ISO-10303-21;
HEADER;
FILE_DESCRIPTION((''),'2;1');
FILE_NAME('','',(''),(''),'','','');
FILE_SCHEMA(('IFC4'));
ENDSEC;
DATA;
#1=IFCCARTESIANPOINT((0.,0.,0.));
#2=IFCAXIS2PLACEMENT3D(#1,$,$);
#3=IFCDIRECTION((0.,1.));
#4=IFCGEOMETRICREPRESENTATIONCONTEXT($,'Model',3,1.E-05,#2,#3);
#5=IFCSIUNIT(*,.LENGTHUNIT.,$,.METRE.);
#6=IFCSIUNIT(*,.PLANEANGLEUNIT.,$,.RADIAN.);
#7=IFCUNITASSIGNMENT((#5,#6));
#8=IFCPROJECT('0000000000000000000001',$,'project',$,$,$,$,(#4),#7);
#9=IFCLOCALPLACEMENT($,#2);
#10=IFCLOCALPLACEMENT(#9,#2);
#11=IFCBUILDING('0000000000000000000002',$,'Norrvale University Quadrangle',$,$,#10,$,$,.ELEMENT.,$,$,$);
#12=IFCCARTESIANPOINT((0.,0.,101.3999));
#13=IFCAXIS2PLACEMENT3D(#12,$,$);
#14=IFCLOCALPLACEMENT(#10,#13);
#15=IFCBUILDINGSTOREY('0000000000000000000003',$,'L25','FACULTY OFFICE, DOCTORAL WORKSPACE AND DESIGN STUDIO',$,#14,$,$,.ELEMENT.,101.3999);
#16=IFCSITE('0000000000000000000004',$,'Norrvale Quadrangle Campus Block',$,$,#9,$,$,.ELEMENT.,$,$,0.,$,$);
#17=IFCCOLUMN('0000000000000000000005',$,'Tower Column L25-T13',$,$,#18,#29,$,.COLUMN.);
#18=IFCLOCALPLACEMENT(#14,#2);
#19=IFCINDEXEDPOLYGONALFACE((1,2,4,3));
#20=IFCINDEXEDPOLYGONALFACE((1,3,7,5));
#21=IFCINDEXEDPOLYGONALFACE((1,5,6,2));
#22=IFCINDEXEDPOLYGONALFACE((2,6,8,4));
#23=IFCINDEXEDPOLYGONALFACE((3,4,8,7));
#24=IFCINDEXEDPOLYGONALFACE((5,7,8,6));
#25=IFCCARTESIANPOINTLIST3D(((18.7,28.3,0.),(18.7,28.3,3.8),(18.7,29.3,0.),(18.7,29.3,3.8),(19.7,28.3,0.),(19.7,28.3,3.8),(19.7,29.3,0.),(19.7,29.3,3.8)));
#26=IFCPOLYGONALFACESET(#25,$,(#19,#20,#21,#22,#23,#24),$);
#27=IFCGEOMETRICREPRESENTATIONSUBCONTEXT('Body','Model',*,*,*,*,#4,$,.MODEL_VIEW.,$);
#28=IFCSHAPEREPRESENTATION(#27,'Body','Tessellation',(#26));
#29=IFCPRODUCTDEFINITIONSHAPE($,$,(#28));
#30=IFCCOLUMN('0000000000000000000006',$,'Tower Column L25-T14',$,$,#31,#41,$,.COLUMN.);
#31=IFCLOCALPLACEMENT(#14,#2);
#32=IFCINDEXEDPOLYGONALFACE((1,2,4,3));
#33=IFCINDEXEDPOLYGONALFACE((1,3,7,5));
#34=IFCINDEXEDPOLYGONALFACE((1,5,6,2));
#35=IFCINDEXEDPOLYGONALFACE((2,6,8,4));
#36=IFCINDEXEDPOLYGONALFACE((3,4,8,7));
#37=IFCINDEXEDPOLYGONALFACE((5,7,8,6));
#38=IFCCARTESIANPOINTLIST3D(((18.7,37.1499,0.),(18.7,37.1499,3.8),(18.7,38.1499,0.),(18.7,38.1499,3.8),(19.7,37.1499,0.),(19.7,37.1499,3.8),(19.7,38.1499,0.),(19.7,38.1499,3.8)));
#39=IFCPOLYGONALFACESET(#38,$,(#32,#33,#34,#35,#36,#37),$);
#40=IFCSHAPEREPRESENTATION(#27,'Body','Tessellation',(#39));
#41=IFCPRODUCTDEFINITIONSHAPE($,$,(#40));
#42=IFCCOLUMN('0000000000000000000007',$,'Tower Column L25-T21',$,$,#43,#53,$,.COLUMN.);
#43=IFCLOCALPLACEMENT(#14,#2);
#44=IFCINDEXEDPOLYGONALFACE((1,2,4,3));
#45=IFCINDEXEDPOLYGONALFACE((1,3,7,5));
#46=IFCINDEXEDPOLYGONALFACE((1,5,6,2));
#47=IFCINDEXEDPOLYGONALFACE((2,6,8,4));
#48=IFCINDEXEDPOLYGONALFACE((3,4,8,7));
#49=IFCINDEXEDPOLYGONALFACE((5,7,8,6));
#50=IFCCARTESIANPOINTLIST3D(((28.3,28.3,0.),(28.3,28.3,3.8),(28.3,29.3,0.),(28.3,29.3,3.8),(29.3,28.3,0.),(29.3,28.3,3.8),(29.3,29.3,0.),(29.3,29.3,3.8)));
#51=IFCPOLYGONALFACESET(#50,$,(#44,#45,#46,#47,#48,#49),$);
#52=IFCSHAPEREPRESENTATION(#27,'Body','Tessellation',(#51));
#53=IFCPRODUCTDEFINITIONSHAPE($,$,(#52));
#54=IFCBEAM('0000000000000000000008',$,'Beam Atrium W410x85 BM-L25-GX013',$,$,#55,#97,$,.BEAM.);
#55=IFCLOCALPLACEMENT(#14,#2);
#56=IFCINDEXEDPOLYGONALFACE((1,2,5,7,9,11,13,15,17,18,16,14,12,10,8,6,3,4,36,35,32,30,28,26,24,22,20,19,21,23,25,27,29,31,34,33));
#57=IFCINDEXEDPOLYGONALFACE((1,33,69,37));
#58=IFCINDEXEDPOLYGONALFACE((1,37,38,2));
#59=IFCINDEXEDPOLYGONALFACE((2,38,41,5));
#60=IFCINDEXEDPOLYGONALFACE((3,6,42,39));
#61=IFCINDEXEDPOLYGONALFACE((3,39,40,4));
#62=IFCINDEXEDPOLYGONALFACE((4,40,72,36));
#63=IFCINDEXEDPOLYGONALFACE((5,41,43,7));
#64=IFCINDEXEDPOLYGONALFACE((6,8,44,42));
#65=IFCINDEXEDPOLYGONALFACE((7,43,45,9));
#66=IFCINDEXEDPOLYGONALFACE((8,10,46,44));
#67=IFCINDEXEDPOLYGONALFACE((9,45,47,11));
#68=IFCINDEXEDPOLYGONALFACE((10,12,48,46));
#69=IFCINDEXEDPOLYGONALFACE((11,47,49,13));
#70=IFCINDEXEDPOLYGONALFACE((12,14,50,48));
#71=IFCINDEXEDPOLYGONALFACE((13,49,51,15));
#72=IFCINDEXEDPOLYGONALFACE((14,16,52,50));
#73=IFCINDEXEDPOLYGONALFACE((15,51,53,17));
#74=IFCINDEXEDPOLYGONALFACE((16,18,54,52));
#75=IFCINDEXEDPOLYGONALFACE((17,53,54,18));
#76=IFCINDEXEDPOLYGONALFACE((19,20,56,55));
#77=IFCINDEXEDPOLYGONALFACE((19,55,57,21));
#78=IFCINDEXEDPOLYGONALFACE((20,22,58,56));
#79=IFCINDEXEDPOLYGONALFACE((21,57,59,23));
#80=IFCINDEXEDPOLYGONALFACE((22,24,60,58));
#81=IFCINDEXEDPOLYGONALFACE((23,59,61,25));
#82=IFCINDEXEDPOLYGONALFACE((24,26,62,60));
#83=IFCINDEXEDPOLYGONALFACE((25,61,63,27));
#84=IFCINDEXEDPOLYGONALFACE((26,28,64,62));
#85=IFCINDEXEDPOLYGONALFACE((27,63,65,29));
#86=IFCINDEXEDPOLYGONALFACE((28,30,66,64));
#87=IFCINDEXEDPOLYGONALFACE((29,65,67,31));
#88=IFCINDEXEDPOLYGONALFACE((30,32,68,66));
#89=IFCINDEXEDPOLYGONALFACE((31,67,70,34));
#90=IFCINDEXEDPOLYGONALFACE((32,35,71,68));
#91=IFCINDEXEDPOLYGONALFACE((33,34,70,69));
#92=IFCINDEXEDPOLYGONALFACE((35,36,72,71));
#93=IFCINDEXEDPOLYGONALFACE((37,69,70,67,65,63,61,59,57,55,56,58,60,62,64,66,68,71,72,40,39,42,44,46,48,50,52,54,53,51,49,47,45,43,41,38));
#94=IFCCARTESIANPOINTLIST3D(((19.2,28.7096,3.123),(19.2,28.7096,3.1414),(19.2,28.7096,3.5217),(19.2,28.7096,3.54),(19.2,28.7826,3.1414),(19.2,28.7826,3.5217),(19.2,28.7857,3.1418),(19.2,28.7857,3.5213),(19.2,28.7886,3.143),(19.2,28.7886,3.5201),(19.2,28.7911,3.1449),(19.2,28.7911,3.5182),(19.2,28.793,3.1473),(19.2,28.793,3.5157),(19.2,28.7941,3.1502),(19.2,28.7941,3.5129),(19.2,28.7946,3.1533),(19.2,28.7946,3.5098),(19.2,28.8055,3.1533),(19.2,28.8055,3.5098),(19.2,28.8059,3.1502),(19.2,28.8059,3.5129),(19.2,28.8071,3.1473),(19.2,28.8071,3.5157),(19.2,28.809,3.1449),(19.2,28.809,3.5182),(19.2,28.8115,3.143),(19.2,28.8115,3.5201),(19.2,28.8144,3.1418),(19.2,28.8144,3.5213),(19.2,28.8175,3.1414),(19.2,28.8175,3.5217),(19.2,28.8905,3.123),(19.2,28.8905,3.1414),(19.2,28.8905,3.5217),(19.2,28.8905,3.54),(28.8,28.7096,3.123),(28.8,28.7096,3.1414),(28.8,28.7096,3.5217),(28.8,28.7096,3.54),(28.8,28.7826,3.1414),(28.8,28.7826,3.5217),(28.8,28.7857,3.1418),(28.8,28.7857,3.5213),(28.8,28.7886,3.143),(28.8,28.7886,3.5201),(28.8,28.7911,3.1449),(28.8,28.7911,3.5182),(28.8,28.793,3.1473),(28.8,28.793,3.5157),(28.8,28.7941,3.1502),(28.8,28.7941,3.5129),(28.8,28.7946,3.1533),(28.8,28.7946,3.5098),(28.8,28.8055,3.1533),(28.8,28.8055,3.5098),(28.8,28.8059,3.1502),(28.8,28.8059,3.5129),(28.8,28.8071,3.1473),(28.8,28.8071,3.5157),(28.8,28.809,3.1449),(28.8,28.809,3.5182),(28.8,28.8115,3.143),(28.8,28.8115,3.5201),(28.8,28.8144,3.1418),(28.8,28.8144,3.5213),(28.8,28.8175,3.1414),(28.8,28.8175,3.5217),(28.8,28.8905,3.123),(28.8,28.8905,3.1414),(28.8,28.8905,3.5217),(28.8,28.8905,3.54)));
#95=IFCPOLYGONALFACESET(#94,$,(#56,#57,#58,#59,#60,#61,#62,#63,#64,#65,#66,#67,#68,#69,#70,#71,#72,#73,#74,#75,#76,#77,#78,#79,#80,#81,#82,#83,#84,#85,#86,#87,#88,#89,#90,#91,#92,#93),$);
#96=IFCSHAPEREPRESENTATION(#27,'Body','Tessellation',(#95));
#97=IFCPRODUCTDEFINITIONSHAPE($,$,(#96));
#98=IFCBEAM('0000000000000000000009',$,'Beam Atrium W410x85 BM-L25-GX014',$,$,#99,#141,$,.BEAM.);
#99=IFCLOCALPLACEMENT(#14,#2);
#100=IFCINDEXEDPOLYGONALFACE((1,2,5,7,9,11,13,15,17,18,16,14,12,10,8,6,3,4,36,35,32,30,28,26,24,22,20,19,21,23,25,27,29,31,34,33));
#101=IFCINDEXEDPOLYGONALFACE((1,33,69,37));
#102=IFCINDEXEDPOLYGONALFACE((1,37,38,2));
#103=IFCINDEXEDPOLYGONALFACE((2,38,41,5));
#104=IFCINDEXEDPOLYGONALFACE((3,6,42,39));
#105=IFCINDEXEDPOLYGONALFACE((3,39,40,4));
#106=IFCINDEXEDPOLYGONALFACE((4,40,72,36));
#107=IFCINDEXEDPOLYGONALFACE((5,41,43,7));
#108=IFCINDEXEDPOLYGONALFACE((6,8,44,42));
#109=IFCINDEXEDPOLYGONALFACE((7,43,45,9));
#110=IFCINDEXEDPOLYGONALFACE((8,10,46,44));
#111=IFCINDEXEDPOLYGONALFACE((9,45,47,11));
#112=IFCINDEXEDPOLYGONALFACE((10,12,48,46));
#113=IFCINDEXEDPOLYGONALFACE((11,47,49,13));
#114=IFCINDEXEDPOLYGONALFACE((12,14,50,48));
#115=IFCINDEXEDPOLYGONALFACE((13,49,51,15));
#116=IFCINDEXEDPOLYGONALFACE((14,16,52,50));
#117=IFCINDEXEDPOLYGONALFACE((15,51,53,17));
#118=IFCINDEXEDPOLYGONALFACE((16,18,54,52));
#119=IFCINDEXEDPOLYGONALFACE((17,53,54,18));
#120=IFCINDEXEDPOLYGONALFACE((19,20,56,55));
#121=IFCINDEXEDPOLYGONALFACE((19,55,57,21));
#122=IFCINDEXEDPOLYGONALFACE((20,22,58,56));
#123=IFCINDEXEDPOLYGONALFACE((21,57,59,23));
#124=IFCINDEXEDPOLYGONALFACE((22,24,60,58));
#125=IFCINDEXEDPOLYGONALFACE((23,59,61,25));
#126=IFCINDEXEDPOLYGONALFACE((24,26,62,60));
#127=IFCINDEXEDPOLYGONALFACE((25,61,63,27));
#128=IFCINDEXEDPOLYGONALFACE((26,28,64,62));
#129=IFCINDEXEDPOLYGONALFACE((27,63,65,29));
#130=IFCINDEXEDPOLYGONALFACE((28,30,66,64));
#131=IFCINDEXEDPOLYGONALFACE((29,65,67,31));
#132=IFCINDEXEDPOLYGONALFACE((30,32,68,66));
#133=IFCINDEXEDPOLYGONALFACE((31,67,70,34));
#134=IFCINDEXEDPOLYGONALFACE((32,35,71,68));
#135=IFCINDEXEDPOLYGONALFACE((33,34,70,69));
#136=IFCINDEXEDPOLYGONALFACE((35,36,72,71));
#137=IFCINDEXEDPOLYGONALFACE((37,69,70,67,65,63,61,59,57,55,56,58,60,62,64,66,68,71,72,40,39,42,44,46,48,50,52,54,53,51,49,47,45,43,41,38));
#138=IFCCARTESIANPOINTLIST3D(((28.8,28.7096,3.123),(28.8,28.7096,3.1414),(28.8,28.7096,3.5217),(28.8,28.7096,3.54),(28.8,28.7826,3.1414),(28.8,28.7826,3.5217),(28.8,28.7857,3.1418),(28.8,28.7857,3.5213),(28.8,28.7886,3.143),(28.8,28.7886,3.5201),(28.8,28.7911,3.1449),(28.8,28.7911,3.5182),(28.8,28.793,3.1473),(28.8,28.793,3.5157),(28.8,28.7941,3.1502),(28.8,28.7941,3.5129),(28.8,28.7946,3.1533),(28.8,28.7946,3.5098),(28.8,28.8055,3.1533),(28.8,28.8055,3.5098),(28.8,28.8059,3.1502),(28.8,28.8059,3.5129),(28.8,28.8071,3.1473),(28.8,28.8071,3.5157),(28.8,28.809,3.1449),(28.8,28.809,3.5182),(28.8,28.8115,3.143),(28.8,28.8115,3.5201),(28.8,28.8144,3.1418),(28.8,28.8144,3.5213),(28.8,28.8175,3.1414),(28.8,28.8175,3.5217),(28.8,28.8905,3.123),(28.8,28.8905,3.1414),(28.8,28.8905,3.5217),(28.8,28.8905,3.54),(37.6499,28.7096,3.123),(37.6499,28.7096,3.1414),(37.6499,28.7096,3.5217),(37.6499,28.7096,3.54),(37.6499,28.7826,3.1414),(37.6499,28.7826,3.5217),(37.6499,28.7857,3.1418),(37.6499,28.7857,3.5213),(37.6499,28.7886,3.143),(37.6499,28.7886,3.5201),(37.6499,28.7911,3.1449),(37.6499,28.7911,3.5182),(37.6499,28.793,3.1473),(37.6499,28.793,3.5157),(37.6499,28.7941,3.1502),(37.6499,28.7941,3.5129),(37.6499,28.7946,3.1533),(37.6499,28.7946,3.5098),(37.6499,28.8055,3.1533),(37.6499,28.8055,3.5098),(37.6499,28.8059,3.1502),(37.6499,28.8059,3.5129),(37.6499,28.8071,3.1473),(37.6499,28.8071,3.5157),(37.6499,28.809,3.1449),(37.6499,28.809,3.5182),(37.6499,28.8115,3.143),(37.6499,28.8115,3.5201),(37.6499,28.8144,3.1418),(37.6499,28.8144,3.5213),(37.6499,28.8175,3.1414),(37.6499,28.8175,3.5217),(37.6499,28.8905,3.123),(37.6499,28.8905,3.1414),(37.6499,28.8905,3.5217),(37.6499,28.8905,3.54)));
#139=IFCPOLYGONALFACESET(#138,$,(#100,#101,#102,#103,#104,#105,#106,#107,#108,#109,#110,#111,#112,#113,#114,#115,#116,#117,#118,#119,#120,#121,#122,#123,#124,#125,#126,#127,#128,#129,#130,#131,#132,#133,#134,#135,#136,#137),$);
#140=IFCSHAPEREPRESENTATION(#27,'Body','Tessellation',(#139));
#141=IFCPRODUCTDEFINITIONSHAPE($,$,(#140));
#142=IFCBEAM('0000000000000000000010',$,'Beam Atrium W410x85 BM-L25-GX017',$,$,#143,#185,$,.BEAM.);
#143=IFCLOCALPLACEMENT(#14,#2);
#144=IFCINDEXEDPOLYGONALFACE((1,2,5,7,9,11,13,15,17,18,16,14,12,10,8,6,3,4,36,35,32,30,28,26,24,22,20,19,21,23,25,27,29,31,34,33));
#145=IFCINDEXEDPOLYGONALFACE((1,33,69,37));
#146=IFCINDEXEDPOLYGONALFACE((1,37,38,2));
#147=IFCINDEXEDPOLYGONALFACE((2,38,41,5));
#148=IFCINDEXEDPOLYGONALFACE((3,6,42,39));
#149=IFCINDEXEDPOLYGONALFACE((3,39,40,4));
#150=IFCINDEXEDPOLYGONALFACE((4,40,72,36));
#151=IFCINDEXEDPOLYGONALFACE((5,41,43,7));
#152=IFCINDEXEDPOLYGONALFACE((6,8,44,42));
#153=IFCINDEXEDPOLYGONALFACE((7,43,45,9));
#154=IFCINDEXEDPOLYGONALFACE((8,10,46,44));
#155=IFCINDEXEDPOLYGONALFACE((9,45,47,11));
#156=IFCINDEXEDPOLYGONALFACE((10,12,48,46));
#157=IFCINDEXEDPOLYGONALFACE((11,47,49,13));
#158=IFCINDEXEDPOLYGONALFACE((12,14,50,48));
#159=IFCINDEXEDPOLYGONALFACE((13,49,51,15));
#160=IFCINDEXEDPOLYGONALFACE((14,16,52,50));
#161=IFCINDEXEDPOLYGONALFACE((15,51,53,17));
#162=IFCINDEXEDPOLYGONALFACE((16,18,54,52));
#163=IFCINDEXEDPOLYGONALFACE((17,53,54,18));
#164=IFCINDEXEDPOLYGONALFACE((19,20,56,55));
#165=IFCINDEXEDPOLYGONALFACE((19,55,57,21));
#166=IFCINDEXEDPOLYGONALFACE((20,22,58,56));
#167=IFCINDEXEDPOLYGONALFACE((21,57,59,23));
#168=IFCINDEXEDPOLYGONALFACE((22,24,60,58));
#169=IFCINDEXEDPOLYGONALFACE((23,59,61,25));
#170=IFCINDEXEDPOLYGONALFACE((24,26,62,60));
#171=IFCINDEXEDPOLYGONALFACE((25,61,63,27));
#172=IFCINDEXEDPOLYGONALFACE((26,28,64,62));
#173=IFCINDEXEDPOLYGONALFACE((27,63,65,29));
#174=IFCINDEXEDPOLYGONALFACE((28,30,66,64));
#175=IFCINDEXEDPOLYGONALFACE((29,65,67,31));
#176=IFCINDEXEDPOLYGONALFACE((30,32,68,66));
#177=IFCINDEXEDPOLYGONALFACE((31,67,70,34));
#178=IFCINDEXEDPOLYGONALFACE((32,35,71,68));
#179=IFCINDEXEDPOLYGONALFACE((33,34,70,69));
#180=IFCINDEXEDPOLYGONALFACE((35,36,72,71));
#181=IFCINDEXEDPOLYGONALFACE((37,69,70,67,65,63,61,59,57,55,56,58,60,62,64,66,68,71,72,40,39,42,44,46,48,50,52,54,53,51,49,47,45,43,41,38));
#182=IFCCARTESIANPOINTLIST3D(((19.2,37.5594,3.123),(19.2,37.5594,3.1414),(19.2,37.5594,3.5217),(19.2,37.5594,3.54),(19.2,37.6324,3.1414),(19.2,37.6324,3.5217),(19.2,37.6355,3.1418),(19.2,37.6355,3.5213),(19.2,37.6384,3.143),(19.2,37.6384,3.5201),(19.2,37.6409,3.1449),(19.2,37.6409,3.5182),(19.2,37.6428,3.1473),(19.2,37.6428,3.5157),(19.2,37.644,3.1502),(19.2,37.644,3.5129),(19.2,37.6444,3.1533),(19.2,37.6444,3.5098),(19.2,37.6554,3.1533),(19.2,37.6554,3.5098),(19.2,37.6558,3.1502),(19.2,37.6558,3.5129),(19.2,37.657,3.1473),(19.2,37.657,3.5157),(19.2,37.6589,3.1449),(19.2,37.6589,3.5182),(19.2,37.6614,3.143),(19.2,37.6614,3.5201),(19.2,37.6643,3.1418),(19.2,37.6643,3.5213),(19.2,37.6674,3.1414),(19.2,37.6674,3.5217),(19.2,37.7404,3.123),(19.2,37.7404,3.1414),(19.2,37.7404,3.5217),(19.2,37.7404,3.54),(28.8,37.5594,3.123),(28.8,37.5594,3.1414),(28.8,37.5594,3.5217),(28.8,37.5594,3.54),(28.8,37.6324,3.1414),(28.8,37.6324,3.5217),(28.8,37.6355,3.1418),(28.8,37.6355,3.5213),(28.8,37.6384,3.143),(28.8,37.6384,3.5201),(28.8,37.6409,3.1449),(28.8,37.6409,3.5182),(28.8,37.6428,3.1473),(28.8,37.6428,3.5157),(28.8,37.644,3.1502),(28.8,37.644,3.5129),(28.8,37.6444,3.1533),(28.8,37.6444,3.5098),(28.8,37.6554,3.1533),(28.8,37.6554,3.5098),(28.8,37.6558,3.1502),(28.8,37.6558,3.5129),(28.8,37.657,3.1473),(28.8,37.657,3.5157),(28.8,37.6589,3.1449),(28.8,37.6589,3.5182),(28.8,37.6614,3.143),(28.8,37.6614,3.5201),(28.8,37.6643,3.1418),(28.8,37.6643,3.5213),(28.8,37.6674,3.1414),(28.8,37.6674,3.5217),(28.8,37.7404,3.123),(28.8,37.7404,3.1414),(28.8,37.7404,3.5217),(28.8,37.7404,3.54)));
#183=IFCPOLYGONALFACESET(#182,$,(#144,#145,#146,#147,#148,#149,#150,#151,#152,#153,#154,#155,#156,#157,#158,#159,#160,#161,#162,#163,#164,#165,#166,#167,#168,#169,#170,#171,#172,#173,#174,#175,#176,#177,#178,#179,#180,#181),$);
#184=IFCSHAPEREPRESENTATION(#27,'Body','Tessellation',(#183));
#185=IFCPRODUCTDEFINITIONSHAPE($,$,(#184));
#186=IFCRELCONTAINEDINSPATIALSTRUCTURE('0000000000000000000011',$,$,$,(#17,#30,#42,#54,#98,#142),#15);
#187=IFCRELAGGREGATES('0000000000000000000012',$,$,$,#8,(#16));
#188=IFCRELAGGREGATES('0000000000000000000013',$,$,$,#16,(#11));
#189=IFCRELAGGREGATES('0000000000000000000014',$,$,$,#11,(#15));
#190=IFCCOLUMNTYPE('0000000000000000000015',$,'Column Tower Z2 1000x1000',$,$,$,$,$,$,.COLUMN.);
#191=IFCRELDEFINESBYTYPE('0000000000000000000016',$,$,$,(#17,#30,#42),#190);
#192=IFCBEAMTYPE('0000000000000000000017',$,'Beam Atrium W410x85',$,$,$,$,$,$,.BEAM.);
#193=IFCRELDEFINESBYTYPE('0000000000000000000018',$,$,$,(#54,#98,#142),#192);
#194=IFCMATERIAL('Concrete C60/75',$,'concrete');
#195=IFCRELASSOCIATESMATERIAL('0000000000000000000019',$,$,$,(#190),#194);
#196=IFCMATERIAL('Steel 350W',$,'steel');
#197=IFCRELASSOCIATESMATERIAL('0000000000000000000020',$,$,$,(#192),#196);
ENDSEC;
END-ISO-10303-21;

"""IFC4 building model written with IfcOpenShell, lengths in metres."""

from ifc_helpers import new_model, si_unit, direction, frame, origin, origin_2d, place, context, subcontext, project, spatial, rectangle, i_section, extrude, material, material_profile, profile_set, type_object, element, save


model = new_model("IFC4")

# Units and contexts
model_context = context("Model", 3, precision=1e-05, world=origin(), true_north=direction((0.0, 1.0)))
body_context = subcontext(model_context, "Body", "Model", "MODEL_VIEW")
ifc_project = project(units=[si_unit("LENGTHUNIT", "METRE"), si_unit("PLANEANGLEUNIT", "RADIAN")], contexts=[model_context])

# Site, building, storey
site_placement = place(None, origin())
site = spatial("IfcSite", under=ifc_project, at=site_placement, Name="Norrvale Quadrangle Campus Block", CompositionType="ELEMENT", RefElevation=0.0)
building_placement = place(site_placement, origin())
building = spatial("IfcBuilding", under=site, at=building_placement, Name="Norrvale University Quadrangle", CompositionType="ELEMENT")
storey_placement = place(building_placement, frame((0.0, 0.0, 101.3999)))
storey = spatial("IfcBuildingStorey", under=building, at=storey_placement, Name="L25", Description="FACULTY OFFICE, DOCTORAL WORKSPACE AND DESIGN STUDIO", CompositionType="ELEMENT", Elevation=101.3999)

# Columns
ifc_material_1 = material(Name="Concrete C60/75", Category="concrete")
ifc_material_profile_1 = material_profile(ifc_material_1, rectangle(XDim=1.0, YDim=1.0, at=origin_2d()), Name="Concrete C60/75")
ifc_profile_set_1 = profile_set([ifc_material_profile_1], Name="Concrete C60/75")
column_type = type_object("IfcColumnType", Name="Column Tower Z2 1000x1000", PredefinedType="COLUMN", material=ifc_profile_set_1)
for number, where, z_axis, x_axis, name in (
    (1, (19.2, 28.8, 0.0), (0.0, 0.0, 1.0), (1.0, 0.0, 0.0), "Tower Column L25-T13"),
    (2, (19.2, 37.6499, 0.0), (0.0, 0.0, 1.0), (1.0, 0.0, 0.0), "Tower Column L25-T14"),
    (3, (28.8, 28.8, 0.0), (0.0, 0.0, 1.0), (1.0, 0.0, 0.0), "Tower Column L25-T21"),
):
    element("IfcColumn", number, at=place(storey_placement, frame(where, z_axis=z_axis, x_axis=x_axis)), inside=storey, type_object=column_type, Name=name, PredefinedType="COLUMN", context=body_context, shape_type="SweptSolid", body=[
        extrude(rectangle(XDim=1.0, YDim=1.0, at=origin_2d()), origin(), (0.0, 0.0, 1.0), 3.8),
    ])

# Beams
ifc_material_2 = material(Name="Steel 350W", Category="steel")
ifc_material_profile_2 = material_profile(ifc_material_2, i_section(OverallWidth=0.1809, OverallDepth=0.417, WebThickness=0.011, FlangeThickness=0.0183, FilletRadius=0.012, at=origin_2d()), Name="Steel 350W")
ifc_profile_set_2 = profile_set([ifc_material_profile_2], Name="Steel 350W")
beam_type_1 = type_object("IfcBeamType", Name="Beam Atrium W410x85", PredefinedType="BEAM", material=ifc_profile_set_2)
beam_1_placement = place(storey_placement, frame((19.2, 28.8, 3.3315), z_axis=(1.0, 0.0, 0.0), x_axis=(0.0, 1.0, 0.0)))
element("IfcBeam", 4, at=beam_1_placement, inside=storey, type_object=beam_type_1, Name="Beam Atrium W410x85 BM-L25-GX013", PredefinedType="BEAM", context=body_context, shape_type="SweptSolid", body=[
    extrude(i_section(OverallWidth=0.1809, OverallDepth=0.417, WebThickness=0.011, FlangeThickness=0.0183, FilletRadius=0.012, at=origin_2d()), origin(), (0.0, 0.0, 1.0), 9.6001),
])
beam_2_placement = place(storey_placement, frame((28.8, 28.8, 3.3315), z_axis=(1.0, 0.0, 0.0), x_axis=(0.0, 1.0, 0.0)))
element("IfcBeam", 5, at=beam_2_placement, inside=storey, type_object=beam_type_1, Name="Beam Atrium W410x85 BM-L25-GX014", PredefinedType="BEAM", context=body_context, shape_type="SweptSolid", body=[
    extrude(i_section(OverallWidth=0.1809, OverallDepth=0.417, WebThickness=0.011, FlangeThickness=0.0183, FilletRadius=0.012, at=origin_2d()), origin(), (0.0, 0.0, 1.0), 8.8499),
])
beam_3_placement = place(storey_placement, frame((19.2, 37.6499, 3.3315), z_axis=(1.0, 0.0, 0.0), x_axis=(0.0, 1.0, 0.0)))
element("IfcBeam", 6, at=beam_3_placement, inside=storey, type_object=beam_type_1, Name="Beam Atrium W410x85 BM-L25-GX017", PredefinedType="BEAM", context=body_context, shape_type="SweptSolid", body=[
    extrude(i_section(OverallWidth=0.1809, OverallDepth=0.417, WebThickness=0.011, FlangeThickness=0.0183, FilletRadius=0.012, at=origin_2d()), origin(), (0.0, 0.0, 1.0), 9.6001),
])

save(model, "model.ifc")
